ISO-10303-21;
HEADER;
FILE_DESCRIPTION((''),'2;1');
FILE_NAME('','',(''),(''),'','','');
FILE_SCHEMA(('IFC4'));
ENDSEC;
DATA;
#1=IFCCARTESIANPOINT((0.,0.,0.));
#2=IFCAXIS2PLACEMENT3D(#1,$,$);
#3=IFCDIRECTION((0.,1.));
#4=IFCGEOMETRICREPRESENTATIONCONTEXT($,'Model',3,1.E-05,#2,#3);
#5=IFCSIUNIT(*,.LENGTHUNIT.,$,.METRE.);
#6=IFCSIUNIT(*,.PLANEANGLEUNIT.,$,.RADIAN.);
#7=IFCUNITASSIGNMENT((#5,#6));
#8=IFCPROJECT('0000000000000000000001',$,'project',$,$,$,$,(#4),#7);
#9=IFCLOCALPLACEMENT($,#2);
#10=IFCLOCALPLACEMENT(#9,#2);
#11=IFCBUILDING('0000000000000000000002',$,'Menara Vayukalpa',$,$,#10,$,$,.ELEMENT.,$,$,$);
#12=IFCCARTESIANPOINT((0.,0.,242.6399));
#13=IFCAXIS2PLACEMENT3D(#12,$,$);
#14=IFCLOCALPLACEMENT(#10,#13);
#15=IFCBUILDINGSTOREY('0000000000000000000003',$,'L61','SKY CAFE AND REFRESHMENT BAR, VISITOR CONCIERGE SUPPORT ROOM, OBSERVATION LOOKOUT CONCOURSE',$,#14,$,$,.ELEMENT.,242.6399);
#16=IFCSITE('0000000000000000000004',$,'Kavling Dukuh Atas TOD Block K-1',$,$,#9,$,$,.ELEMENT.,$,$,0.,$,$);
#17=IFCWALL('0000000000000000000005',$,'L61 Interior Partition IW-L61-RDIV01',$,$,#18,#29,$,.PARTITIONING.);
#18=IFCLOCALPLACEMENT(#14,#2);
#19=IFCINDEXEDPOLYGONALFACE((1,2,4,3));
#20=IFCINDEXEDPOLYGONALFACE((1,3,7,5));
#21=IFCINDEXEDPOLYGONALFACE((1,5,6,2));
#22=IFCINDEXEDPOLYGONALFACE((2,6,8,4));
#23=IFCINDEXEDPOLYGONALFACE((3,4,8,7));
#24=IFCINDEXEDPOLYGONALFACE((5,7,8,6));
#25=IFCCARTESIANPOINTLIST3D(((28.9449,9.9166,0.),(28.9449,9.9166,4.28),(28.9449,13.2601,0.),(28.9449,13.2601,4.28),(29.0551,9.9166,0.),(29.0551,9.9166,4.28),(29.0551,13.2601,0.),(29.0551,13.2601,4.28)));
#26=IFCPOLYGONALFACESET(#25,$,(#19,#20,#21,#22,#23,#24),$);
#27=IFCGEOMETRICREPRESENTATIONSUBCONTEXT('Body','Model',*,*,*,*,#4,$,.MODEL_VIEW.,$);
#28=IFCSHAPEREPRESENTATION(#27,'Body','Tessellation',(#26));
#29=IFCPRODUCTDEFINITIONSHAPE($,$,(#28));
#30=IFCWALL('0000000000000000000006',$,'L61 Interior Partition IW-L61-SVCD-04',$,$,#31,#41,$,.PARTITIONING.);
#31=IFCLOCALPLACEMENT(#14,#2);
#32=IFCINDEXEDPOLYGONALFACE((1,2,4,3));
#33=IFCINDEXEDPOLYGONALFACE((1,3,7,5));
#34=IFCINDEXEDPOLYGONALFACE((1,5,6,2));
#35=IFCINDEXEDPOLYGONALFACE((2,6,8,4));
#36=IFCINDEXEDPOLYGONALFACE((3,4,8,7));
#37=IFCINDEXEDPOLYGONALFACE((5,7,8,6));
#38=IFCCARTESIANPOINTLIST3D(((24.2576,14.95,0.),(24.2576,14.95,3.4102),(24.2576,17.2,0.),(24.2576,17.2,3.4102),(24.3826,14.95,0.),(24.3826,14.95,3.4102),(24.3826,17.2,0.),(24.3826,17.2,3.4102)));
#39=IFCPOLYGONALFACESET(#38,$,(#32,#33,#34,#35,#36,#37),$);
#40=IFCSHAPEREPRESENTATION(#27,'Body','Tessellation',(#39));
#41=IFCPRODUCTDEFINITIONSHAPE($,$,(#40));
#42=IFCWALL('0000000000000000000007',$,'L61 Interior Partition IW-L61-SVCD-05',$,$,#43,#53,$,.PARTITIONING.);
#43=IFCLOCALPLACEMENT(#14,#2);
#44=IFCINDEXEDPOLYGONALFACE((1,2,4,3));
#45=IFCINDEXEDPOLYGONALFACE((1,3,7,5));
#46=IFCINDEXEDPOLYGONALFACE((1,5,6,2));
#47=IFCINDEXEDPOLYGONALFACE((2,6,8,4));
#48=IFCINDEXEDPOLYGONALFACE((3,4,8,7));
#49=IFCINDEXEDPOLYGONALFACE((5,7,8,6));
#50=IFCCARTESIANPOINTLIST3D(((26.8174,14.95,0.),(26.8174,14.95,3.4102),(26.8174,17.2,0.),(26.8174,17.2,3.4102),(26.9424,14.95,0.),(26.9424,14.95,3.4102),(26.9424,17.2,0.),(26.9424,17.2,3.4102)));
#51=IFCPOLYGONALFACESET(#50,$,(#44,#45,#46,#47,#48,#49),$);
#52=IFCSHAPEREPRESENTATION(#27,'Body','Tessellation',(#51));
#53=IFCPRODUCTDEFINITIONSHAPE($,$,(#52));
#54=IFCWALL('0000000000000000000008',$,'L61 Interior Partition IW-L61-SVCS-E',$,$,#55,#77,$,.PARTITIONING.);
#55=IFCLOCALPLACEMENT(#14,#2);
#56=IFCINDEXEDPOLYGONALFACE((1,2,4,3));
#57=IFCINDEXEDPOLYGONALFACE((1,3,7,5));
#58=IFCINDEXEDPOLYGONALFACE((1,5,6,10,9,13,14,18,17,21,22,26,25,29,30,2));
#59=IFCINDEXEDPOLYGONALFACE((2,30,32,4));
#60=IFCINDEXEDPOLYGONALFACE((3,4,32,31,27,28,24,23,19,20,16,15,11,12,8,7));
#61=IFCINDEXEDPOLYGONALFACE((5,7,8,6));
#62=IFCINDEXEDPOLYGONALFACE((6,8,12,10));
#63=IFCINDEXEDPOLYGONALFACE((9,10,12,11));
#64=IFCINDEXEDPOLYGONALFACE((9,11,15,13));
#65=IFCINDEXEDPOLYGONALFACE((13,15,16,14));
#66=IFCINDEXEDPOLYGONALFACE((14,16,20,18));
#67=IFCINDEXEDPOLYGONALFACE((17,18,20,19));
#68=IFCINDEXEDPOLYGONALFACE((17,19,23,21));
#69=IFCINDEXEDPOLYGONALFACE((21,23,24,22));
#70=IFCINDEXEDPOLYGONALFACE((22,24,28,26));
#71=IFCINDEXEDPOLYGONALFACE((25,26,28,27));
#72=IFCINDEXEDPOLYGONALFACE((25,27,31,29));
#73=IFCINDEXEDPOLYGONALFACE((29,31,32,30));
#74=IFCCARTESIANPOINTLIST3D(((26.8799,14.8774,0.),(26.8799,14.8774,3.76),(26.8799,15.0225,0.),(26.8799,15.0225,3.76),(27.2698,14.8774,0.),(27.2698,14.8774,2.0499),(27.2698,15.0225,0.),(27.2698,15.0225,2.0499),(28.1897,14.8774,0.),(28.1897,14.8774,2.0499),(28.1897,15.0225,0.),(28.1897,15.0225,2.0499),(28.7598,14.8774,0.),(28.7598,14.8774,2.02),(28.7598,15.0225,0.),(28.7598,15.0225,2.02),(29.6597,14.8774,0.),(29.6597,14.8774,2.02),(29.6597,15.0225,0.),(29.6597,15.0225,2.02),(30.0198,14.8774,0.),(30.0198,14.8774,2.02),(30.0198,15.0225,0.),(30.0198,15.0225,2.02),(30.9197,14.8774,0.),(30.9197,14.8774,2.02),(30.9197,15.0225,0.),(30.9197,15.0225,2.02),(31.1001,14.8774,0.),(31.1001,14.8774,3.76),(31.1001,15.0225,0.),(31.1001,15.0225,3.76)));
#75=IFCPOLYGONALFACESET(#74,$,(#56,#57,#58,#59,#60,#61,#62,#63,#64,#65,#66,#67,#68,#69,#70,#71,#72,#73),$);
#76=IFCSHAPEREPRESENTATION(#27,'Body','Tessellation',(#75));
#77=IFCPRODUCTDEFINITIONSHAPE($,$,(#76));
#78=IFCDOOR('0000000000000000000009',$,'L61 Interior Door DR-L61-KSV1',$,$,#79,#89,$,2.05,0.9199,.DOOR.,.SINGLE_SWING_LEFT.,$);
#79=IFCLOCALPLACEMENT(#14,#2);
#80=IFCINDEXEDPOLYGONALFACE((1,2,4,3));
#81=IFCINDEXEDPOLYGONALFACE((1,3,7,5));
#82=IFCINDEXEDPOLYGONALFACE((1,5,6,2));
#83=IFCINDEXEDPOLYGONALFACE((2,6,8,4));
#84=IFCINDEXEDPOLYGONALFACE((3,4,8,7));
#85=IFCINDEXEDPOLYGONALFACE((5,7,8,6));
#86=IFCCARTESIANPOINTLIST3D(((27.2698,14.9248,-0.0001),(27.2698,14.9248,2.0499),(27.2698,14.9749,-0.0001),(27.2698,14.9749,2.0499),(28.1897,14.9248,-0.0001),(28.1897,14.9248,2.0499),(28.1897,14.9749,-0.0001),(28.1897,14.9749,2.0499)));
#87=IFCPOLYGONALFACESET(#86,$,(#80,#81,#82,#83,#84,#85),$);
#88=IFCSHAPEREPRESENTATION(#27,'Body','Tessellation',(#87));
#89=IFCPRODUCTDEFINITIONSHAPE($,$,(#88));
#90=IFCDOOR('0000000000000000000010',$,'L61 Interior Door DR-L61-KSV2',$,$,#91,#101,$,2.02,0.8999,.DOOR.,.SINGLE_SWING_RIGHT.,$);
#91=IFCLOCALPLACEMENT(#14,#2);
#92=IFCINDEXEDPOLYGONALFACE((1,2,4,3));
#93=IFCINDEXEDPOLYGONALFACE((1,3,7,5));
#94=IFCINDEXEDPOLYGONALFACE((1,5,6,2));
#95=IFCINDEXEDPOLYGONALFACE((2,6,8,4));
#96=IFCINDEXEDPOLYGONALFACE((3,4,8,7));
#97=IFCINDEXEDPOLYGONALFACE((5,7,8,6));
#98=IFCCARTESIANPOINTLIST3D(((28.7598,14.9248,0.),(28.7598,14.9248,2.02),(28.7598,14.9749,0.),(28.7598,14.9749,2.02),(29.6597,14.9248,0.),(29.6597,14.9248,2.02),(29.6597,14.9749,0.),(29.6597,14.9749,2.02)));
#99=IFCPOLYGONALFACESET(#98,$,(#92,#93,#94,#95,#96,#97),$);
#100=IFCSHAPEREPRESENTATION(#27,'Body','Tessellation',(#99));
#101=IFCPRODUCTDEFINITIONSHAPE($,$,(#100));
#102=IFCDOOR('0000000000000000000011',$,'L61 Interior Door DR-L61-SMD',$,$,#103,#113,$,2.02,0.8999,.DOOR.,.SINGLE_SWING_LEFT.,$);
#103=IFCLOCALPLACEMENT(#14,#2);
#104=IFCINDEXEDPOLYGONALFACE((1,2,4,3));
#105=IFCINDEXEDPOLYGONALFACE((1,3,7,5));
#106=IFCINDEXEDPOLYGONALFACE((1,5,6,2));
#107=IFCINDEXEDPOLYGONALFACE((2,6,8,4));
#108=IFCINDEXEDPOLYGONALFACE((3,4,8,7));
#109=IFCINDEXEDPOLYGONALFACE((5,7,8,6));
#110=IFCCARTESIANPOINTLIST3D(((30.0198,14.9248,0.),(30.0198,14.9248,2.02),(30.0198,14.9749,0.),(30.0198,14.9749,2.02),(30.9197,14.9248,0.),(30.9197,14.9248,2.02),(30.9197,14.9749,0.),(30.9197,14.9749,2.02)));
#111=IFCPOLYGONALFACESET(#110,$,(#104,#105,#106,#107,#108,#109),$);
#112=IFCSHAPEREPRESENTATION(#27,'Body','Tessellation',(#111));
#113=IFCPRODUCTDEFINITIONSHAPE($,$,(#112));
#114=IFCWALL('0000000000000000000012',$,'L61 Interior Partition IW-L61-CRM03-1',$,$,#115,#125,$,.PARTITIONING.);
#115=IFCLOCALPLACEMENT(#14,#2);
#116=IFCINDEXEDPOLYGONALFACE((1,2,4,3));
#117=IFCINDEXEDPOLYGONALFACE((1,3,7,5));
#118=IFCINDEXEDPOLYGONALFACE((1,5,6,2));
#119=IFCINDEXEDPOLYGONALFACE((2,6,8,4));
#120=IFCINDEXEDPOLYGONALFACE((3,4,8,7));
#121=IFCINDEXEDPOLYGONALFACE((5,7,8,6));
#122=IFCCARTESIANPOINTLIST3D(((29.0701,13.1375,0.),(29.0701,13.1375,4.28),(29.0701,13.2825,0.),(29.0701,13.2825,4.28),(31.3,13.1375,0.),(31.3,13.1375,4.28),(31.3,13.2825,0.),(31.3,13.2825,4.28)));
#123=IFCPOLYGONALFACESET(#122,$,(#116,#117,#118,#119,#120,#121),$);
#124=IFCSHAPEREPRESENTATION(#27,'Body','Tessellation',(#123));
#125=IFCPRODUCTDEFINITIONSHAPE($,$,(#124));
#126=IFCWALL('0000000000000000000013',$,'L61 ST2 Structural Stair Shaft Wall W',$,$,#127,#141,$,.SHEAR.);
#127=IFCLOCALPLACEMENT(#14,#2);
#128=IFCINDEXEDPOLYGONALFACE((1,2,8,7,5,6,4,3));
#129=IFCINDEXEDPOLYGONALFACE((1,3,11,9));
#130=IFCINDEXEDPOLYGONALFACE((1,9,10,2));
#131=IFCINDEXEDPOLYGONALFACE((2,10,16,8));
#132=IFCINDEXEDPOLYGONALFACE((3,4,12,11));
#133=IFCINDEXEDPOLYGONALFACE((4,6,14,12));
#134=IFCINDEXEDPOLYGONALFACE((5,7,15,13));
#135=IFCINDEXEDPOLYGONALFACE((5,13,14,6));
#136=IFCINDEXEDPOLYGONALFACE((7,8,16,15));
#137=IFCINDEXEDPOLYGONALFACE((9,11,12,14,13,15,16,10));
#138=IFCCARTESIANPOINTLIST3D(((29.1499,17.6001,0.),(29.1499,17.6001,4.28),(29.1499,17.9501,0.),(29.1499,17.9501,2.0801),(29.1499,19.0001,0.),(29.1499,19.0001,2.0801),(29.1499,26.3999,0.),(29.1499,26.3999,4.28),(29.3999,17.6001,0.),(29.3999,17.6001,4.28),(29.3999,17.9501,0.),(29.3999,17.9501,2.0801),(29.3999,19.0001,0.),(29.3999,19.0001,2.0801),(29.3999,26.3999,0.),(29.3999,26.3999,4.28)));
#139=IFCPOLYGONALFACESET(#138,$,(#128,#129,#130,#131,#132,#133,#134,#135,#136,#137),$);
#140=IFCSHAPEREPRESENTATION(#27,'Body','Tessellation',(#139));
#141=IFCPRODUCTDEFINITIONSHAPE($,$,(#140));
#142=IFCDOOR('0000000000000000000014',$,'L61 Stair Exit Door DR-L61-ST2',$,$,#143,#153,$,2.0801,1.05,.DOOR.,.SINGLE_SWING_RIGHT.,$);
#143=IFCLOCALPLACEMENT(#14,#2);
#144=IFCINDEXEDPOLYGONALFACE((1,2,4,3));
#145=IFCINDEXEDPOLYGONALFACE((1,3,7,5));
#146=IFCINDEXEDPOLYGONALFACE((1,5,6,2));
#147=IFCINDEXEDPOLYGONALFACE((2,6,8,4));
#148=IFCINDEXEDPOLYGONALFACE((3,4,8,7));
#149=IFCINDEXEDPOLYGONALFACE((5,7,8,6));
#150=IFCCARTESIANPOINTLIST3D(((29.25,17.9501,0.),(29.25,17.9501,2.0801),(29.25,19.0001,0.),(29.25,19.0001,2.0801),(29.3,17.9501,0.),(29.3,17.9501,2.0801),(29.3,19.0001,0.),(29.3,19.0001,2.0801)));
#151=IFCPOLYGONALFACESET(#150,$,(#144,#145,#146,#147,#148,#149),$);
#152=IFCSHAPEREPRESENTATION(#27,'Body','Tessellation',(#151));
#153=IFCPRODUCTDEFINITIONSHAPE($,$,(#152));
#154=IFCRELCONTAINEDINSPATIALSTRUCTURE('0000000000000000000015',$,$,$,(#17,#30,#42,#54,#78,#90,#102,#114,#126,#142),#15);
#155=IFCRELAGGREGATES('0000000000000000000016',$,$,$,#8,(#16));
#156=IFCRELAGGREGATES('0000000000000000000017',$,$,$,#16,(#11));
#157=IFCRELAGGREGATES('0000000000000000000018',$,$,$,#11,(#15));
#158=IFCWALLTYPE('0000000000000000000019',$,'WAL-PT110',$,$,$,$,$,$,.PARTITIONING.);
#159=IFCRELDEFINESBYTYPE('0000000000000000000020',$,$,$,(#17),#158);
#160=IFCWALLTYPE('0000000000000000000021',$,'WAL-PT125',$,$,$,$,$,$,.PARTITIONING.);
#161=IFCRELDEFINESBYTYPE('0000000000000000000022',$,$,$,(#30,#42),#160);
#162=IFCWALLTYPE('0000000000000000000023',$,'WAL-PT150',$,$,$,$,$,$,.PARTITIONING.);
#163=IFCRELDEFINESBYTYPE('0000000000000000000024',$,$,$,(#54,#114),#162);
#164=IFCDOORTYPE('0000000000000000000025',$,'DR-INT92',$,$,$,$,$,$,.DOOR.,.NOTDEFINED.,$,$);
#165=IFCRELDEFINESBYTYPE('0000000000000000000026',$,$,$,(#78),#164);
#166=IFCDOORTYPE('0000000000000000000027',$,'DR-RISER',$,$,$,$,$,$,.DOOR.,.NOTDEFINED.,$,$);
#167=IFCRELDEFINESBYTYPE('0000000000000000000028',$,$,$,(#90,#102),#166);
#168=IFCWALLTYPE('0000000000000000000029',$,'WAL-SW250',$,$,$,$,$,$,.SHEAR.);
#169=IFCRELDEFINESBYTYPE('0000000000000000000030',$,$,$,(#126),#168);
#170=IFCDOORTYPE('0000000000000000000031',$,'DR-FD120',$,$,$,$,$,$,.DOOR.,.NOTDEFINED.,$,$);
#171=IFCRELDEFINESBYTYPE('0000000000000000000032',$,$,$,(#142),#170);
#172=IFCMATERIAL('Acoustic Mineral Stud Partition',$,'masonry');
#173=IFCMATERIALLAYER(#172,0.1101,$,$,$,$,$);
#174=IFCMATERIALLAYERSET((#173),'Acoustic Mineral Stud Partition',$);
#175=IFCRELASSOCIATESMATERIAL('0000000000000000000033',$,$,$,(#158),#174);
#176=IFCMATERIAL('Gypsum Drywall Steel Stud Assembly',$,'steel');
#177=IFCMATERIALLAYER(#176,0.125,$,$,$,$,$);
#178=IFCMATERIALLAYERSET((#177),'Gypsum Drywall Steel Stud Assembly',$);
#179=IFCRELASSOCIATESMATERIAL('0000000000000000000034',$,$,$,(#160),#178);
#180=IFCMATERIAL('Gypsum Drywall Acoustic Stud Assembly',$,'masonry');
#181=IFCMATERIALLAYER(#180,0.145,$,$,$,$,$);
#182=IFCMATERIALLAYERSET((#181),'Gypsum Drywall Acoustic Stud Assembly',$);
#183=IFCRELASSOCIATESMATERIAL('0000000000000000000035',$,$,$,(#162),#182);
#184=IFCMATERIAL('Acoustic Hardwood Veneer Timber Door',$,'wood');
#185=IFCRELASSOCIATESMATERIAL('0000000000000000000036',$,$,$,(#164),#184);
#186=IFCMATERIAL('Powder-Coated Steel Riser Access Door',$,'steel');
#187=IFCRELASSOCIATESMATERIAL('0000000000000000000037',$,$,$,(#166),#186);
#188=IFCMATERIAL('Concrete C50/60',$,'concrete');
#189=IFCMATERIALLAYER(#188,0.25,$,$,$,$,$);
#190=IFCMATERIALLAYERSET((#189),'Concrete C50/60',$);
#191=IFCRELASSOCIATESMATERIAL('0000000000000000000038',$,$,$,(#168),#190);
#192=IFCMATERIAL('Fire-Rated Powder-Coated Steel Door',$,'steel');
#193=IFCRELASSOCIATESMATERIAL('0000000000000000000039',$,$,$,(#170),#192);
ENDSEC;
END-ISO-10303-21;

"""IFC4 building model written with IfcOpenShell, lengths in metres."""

from ifc_helpers import new_model, si_unit, direction, frame, frame_2d, origin, place, context, subcontext, project, spatial, rectangle, extrude, material, layer, layer_set, type_object, element, fill, save


model = new_model("IFC4")

# Units and contexts
model_context = context("Model", 3, precision=1e-05, world=origin(), true_north=direction((0.0, 1.0)))
body_context = subcontext(model_context, "Body", "Model", "MODEL_VIEW")
ifc_project = project(units=[si_unit("LENGTHUNIT", "METRE"), si_unit("PLANEANGLEUNIT", "RADIAN")], contexts=[model_context])

# Site, building, storey
site_placement = place(None, origin())
site = spatial("IfcSite", under=ifc_project, at=site_placement, Name="Kavling Dukuh Atas TOD Block K-1", CompositionType="ELEMENT", RefElevation=0.0)
building_placement = place(site_placement, origin())
building = spatial("IfcBuilding", under=site, at=building_placement, Name="Menara Vayukalpa", CompositionType="ELEMENT")
storey_placement = place(building_placement, frame((0.0, 0.0, 242.6399)))
storey = spatial("IfcBuildingStorey", under=building, at=storey_placement, Name="L61", Description="SKY CAFE AND REFRESHMENT BAR, VISITOR CONCIERGE SUPPORT ROOM, OBSERVATION LOOKOUT CONCOURSE", CompositionType="ELEMENT", Elevation=242.6399)

# Walls
ifc_material_1 = material(Name="Acoustic Mineral Stud Partition", Category="masonry")
ifc_layer_1 = layer(ifc_material_1, 0.1101)
ifc_layer_set_1 = layer_set([ifc_layer_1], Name="Acoustic Mineral Stud Partition")
wall_type_1 = type_object("IfcWallType", Name="WAL-PT110", PredefinedType="PARTITIONING", material=ifc_layer_set_1)
wall_1_placement = place(storey_placement, frame((29.0, 9.9165, 0.0), z_axis=(0.0, 0.0, 1.0), x_axis=(0.0, 1.0, 0.0)))
element("IfcWall", 1, at=wall_1_placement, inside=storey, type_object=wall_type_1, Name="L61 Interior Partition IW-L61-RDIV01", PredefinedType="PARTITIONING", context=body_context, shape_type="SweptSolid", body=[
    extrude(rectangle(XDim=3.3435, YDim=0.1101, at=frame_2d((1.6719, 0.0))), origin(), (0.0, 0.0, 1.0), 4.28),
])
ifc_material_2 = material(Name="Gypsum Drywall Steel Stud Assembly", Category="steel")
ifc_layer_2 = layer(ifc_material_2, 0.125)
ifc_layer_set_2 = layer_set([ifc_layer_2], Name="Gypsum Drywall Steel Stud Assembly")
wall_type_2 = type_object("IfcWallType", Name="WAL-PT125", PredefinedType="PARTITIONING", material=ifc_layer_set_2)
for number, where, z_axis, x_axis, name in (
    (2, (24.3201, 14.95, 0.0), (0.0, 0.0, 1.0), (0.0, 1.0, 0.0), "L61 Interior Partition IW-L61-SVCD-04"),
    (3, (26.8799, 14.95, 0.0), (0.0, 0.0, 1.0), (0.0, 1.0, 0.0), "L61 Interior Partition IW-L61-SVCD-05"),
):
    element("IfcWall", number, at=place(storey_placement, frame(where, z_axis=z_axis, x_axis=x_axis)), inside=storey, type_object=wall_type_2, Name=name, PredefinedType="PARTITIONING", context=body_context, shape_type="SweptSolid", body=[
        extrude(rectangle(XDim=2.25, YDim=0.125, at=frame_2d((1.125, 0.0))), origin(), (0.0, 0.0, 1.0), 3.4102),
    ])

# Wall, openings, doors
ifc_material_3 = material(Name="Gypsum Drywall Acoustic Stud Assembly", Category="masonry")
ifc_layer_3 = layer(ifc_material_3, 0.145)
ifc_layer_set_3 = layer_set([ifc_layer_3], Name="Gypsum Drywall Acoustic Stud Assembly")
wall_type_3 = type_object("IfcWallType", Name="WAL-PT150", PredefinedType="PARTITIONING", material=ifc_layer_set_3)
wall_2_placement = place(storey_placement, frame((26.8799, 14.95, 0.0), z_axis=(0.0, 0.0, 1.0), x_axis=(1.0, 0.0, 0.0)))
wall_2 = element("IfcWall", 4, at=wall_2_placement, inside=storey, type_object=wall_type_3, Name="L61 Interior Partition IW-L61-SVCS-E", PredefinedType="PARTITIONING", context=body_context, shape_type="SweptSolid", body=[
    extrude(rectangle(XDim=4.2202, YDim=0.145, at=frame_2d((2.1101, 0.0))), origin(), (0.0, 0.0, 1.0), 3.76),
])
opening_1_placement = place(wall_2_placement, frame((0.3899, 0.0, 0.0)))
opening_1 = element("IfcOpeningElement", 5, at=opening_1_placement, cuts=wall_2, PredefinedType="OPENING", context=body_context, shape_type="SweptSolid", body=[
    extrude(rectangle(XDim=0.9199, YDim=2.05, at=frame_2d((0.46, 1.0249))), frame((0.0, 0.0825, 0.0), z_axis=(0.0, -1.0, 0.0), x_axis=(1.0, 0.0, 0.0)), (0.0, 0.0, 1.0), 0.165),
])
opening_2_placement = place(wall_2_placement, frame((1.8799, 0.0, 0.0)))
opening_2 = element("IfcOpeningElement", 6, at=opening_2_placement, cuts=wall_2, PredefinedType="OPENING", context=body_context, shape_type="SweptSolid", body=[
    extrude(rectangle(XDim=0.8999, YDim=2.02, at=frame_2d((0.45, 1.01))), frame((0.0, 0.0825, 0.0), z_axis=(0.0, -1.0, 0.0), x_axis=(1.0, 0.0, 0.0)), (0.0, 0.0, 1.0), 0.165),
])
opening_3_placement = place(wall_2_placement, frame((3.1399, 0.0, 0.0)))
opening_3 = element("IfcOpeningElement", 7, at=opening_3_placement, cuts=wall_2, PredefinedType="OPENING", context=body_context, shape_type="SweptSolid", body=[
    extrude(rectangle(XDim=0.8999, YDim=2.02, at=frame_2d((0.45, 1.01))), frame((0.0, 0.0825, 0.0), z_axis=(0.0, -1.0, 0.0), x_axis=(1.0, 0.0, 0.0)), (0.0, 0.0, 1.0), 0.165),
])
ifc_material_4 = material(Name="Acoustic Hardwood Veneer Timber Door", Category="wood")
door_type_1 = type_object("IfcDoorType", Name="DR-INT92", OperationType="NOTDEFINED", PredefinedType="DOOR", material=ifc_material_4)
door_1_placement = place(opening_1_placement, origin())
door_1 = element("IfcDoor", 8, at=door_1_placement, inside=storey, type_object=door_type_1, Name="L61 Interior Door DR-L61-KSV1", OperationType="SINGLE_SWING_LEFT", OverallHeight=2.05, OverallWidth=0.9199, PredefinedType="DOOR", context=body_context, shape_type="SweptSolid", body=[
    extrude(rectangle(XDim=0.9199, YDim=2.05, at=frame_2d((0.46, 1.0249))), frame((0.0, 0.0249, 0.0), z_axis=(0.0, -1.0, 0.0), x_axis=(1.0, 0.0, 0.0)), (0.0, 0.0, 1.0), 0.05),
])
fill(opening_1, door_1)
ifc_material_5 = material(Name="Powder-Coated Steel Riser Access Door", Category="steel")
door_type_2 = type_object("IfcDoorType", Name="DR-RISER", OperationType="NOTDEFINED", PredefinedType="DOOR", material=ifc_material_5)
door_2_placement = place(opening_2_placement, origin())
door_2 = element("IfcDoor", 9, at=door_2_placement, inside=storey, type_object=door_type_2, Name="L61 Interior Door DR-L61-KSV2", OperationType="SINGLE_SWING_RIGHT", OverallHeight=2.02, OverallWidth=0.8999, PredefinedType="DOOR", context=body_context, shape_type="SweptSolid", body=[
    extrude(rectangle(XDim=0.8999, YDim=2.02, at=frame_2d((0.45, 1.01))), frame((0.0, 0.0249, 0.0), z_axis=(0.0, -1.0, 0.0), x_axis=(1.0, 0.0, 0.0)), (0.0, 0.0, 1.0), 0.05),
])
fill(opening_2, door_2)
door_3_placement = place(opening_3_placement, origin())
door_3 = element("IfcDoor", 10, at=door_3_placement, inside=storey, type_object=door_type_2, Name="L61 Interior Door DR-L61-SMD", OperationType="SINGLE_SWING_LEFT", OverallHeight=2.02, OverallWidth=0.8999, PredefinedType="DOOR", context=body_context, shape_type="SweptSolid", body=[
    extrude(rectangle(XDim=0.8999, YDim=2.02, at=frame_2d((0.45, 1.01))), frame((0.0, 0.0249, 0.0), z_axis=(0.0, -1.0, 0.0), x_axis=(1.0, 0.0, 0.0)), (0.0, 0.0, 1.0), 0.05),
])
fill(opening_3, door_3)

# Wall
wall_3_placement = place(storey_placement, frame((29.0701, 13.21, 0.0), z_axis=(0.0, 0.0, 1.0), x_axis=(1.0, 0.0, 0.0)))
element("IfcWall", 11, at=wall_3_placement, inside=storey, type_object=wall_type_3, Name="L61 Interior Partition IW-L61-CRM03-1", PredefinedType="PARTITIONING", context=body_context, shape_type="SweptSolid", body=[
    extrude(rectangle(XDim=2.23, YDim=0.145, at=frame_2d((1.115, 0.0))), origin(), (0.0, 0.0, 1.0), 4.28),
])

# Wall, opening, door
ifc_material_6 = material(Name="Concrete C50/60", Category="concrete")
ifc_layer_4 = layer(ifc_material_6, 0.25)
ifc_layer_set_4 = layer_set([ifc_layer_4], Name="Concrete C50/60")
wall_type_4 = type_object("IfcWallType", Name="WAL-SW250", PredefinedType="SHEAR", material=ifc_layer_set_4)
wall_4_placement = place(storey_placement, frame((29.2749, 17.6001, 0.0), z_axis=(0.0, 0.0, 1.0), x_axis=(0.0, 1.0, 0.0)))
wall_4 = element("IfcWall", 12, at=wall_4_placement, inside=storey, type_object=wall_type_4, Name="L61 ST2 Structural Stair Shaft Wall W", PredefinedType="SHEAR", context=body_context, shape_type="SweptSolid", body=[
    extrude(rectangle(XDim=8.7998, YDim=0.25, at=frame_2d((4.3999, 0.0))), origin(), (0.0, 0.0, 1.0), 4.28),
])
opening_4_placement = place(wall_4_placement, frame((0.3501, 0.0, 0.0)))
opening_4 = element("IfcOpeningElement", 13, at=opening_4_placement, cuts=wall_4, PredefinedType="OPENING", context=body_context, shape_type="SweptSolid", body=[
    extrude(rectangle(XDim=1.05, YDim=2.0801, at=frame_2d((0.5249, 1.04))), frame((0.0, 0.135, 0.0), z_axis=(0.0, -1.0, 0.0), x_axis=(1.0, 0.0, 0.0)), (0.0, 0.0, 1.0), 0.27),
])
ifc_material_7 = material(Name="Fire-Rated Powder-Coated Steel Door", Category="steel")
door_type_3 = type_object("IfcDoorType", Name="DR-FD120", OperationType="NOTDEFINED", PredefinedType="DOOR", material=ifc_material_7)
door_4_placement = place(opening_4_placement, origin())
door_4 = element("IfcDoor", 14, at=door_4_placement, inside=storey, type_object=door_type_3, Name="L61 Stair Exit Door DR-L61-ST2", OperationType="SINGLE_SWING_RIGHT", OverallHeight=2.0801, OverallWidth=1.05, PredefinedType="DOOR", context=body_context, shape_type="SweptSolid", body=[
    extrude(rectangle(XDim=1.05, YDim=2.0801, at=frame_2d((0.5249, 1.04))), frame((0.0, 0.0249, 0.0), z_axis=(0.0, -1.0, 0.0), x_axis=(1.0, 0.0, 0.0)), (0.0, 0.0, 1.0), 0.05),
])
fill(opening_4, door_4)

save(model, "model.ifc")
